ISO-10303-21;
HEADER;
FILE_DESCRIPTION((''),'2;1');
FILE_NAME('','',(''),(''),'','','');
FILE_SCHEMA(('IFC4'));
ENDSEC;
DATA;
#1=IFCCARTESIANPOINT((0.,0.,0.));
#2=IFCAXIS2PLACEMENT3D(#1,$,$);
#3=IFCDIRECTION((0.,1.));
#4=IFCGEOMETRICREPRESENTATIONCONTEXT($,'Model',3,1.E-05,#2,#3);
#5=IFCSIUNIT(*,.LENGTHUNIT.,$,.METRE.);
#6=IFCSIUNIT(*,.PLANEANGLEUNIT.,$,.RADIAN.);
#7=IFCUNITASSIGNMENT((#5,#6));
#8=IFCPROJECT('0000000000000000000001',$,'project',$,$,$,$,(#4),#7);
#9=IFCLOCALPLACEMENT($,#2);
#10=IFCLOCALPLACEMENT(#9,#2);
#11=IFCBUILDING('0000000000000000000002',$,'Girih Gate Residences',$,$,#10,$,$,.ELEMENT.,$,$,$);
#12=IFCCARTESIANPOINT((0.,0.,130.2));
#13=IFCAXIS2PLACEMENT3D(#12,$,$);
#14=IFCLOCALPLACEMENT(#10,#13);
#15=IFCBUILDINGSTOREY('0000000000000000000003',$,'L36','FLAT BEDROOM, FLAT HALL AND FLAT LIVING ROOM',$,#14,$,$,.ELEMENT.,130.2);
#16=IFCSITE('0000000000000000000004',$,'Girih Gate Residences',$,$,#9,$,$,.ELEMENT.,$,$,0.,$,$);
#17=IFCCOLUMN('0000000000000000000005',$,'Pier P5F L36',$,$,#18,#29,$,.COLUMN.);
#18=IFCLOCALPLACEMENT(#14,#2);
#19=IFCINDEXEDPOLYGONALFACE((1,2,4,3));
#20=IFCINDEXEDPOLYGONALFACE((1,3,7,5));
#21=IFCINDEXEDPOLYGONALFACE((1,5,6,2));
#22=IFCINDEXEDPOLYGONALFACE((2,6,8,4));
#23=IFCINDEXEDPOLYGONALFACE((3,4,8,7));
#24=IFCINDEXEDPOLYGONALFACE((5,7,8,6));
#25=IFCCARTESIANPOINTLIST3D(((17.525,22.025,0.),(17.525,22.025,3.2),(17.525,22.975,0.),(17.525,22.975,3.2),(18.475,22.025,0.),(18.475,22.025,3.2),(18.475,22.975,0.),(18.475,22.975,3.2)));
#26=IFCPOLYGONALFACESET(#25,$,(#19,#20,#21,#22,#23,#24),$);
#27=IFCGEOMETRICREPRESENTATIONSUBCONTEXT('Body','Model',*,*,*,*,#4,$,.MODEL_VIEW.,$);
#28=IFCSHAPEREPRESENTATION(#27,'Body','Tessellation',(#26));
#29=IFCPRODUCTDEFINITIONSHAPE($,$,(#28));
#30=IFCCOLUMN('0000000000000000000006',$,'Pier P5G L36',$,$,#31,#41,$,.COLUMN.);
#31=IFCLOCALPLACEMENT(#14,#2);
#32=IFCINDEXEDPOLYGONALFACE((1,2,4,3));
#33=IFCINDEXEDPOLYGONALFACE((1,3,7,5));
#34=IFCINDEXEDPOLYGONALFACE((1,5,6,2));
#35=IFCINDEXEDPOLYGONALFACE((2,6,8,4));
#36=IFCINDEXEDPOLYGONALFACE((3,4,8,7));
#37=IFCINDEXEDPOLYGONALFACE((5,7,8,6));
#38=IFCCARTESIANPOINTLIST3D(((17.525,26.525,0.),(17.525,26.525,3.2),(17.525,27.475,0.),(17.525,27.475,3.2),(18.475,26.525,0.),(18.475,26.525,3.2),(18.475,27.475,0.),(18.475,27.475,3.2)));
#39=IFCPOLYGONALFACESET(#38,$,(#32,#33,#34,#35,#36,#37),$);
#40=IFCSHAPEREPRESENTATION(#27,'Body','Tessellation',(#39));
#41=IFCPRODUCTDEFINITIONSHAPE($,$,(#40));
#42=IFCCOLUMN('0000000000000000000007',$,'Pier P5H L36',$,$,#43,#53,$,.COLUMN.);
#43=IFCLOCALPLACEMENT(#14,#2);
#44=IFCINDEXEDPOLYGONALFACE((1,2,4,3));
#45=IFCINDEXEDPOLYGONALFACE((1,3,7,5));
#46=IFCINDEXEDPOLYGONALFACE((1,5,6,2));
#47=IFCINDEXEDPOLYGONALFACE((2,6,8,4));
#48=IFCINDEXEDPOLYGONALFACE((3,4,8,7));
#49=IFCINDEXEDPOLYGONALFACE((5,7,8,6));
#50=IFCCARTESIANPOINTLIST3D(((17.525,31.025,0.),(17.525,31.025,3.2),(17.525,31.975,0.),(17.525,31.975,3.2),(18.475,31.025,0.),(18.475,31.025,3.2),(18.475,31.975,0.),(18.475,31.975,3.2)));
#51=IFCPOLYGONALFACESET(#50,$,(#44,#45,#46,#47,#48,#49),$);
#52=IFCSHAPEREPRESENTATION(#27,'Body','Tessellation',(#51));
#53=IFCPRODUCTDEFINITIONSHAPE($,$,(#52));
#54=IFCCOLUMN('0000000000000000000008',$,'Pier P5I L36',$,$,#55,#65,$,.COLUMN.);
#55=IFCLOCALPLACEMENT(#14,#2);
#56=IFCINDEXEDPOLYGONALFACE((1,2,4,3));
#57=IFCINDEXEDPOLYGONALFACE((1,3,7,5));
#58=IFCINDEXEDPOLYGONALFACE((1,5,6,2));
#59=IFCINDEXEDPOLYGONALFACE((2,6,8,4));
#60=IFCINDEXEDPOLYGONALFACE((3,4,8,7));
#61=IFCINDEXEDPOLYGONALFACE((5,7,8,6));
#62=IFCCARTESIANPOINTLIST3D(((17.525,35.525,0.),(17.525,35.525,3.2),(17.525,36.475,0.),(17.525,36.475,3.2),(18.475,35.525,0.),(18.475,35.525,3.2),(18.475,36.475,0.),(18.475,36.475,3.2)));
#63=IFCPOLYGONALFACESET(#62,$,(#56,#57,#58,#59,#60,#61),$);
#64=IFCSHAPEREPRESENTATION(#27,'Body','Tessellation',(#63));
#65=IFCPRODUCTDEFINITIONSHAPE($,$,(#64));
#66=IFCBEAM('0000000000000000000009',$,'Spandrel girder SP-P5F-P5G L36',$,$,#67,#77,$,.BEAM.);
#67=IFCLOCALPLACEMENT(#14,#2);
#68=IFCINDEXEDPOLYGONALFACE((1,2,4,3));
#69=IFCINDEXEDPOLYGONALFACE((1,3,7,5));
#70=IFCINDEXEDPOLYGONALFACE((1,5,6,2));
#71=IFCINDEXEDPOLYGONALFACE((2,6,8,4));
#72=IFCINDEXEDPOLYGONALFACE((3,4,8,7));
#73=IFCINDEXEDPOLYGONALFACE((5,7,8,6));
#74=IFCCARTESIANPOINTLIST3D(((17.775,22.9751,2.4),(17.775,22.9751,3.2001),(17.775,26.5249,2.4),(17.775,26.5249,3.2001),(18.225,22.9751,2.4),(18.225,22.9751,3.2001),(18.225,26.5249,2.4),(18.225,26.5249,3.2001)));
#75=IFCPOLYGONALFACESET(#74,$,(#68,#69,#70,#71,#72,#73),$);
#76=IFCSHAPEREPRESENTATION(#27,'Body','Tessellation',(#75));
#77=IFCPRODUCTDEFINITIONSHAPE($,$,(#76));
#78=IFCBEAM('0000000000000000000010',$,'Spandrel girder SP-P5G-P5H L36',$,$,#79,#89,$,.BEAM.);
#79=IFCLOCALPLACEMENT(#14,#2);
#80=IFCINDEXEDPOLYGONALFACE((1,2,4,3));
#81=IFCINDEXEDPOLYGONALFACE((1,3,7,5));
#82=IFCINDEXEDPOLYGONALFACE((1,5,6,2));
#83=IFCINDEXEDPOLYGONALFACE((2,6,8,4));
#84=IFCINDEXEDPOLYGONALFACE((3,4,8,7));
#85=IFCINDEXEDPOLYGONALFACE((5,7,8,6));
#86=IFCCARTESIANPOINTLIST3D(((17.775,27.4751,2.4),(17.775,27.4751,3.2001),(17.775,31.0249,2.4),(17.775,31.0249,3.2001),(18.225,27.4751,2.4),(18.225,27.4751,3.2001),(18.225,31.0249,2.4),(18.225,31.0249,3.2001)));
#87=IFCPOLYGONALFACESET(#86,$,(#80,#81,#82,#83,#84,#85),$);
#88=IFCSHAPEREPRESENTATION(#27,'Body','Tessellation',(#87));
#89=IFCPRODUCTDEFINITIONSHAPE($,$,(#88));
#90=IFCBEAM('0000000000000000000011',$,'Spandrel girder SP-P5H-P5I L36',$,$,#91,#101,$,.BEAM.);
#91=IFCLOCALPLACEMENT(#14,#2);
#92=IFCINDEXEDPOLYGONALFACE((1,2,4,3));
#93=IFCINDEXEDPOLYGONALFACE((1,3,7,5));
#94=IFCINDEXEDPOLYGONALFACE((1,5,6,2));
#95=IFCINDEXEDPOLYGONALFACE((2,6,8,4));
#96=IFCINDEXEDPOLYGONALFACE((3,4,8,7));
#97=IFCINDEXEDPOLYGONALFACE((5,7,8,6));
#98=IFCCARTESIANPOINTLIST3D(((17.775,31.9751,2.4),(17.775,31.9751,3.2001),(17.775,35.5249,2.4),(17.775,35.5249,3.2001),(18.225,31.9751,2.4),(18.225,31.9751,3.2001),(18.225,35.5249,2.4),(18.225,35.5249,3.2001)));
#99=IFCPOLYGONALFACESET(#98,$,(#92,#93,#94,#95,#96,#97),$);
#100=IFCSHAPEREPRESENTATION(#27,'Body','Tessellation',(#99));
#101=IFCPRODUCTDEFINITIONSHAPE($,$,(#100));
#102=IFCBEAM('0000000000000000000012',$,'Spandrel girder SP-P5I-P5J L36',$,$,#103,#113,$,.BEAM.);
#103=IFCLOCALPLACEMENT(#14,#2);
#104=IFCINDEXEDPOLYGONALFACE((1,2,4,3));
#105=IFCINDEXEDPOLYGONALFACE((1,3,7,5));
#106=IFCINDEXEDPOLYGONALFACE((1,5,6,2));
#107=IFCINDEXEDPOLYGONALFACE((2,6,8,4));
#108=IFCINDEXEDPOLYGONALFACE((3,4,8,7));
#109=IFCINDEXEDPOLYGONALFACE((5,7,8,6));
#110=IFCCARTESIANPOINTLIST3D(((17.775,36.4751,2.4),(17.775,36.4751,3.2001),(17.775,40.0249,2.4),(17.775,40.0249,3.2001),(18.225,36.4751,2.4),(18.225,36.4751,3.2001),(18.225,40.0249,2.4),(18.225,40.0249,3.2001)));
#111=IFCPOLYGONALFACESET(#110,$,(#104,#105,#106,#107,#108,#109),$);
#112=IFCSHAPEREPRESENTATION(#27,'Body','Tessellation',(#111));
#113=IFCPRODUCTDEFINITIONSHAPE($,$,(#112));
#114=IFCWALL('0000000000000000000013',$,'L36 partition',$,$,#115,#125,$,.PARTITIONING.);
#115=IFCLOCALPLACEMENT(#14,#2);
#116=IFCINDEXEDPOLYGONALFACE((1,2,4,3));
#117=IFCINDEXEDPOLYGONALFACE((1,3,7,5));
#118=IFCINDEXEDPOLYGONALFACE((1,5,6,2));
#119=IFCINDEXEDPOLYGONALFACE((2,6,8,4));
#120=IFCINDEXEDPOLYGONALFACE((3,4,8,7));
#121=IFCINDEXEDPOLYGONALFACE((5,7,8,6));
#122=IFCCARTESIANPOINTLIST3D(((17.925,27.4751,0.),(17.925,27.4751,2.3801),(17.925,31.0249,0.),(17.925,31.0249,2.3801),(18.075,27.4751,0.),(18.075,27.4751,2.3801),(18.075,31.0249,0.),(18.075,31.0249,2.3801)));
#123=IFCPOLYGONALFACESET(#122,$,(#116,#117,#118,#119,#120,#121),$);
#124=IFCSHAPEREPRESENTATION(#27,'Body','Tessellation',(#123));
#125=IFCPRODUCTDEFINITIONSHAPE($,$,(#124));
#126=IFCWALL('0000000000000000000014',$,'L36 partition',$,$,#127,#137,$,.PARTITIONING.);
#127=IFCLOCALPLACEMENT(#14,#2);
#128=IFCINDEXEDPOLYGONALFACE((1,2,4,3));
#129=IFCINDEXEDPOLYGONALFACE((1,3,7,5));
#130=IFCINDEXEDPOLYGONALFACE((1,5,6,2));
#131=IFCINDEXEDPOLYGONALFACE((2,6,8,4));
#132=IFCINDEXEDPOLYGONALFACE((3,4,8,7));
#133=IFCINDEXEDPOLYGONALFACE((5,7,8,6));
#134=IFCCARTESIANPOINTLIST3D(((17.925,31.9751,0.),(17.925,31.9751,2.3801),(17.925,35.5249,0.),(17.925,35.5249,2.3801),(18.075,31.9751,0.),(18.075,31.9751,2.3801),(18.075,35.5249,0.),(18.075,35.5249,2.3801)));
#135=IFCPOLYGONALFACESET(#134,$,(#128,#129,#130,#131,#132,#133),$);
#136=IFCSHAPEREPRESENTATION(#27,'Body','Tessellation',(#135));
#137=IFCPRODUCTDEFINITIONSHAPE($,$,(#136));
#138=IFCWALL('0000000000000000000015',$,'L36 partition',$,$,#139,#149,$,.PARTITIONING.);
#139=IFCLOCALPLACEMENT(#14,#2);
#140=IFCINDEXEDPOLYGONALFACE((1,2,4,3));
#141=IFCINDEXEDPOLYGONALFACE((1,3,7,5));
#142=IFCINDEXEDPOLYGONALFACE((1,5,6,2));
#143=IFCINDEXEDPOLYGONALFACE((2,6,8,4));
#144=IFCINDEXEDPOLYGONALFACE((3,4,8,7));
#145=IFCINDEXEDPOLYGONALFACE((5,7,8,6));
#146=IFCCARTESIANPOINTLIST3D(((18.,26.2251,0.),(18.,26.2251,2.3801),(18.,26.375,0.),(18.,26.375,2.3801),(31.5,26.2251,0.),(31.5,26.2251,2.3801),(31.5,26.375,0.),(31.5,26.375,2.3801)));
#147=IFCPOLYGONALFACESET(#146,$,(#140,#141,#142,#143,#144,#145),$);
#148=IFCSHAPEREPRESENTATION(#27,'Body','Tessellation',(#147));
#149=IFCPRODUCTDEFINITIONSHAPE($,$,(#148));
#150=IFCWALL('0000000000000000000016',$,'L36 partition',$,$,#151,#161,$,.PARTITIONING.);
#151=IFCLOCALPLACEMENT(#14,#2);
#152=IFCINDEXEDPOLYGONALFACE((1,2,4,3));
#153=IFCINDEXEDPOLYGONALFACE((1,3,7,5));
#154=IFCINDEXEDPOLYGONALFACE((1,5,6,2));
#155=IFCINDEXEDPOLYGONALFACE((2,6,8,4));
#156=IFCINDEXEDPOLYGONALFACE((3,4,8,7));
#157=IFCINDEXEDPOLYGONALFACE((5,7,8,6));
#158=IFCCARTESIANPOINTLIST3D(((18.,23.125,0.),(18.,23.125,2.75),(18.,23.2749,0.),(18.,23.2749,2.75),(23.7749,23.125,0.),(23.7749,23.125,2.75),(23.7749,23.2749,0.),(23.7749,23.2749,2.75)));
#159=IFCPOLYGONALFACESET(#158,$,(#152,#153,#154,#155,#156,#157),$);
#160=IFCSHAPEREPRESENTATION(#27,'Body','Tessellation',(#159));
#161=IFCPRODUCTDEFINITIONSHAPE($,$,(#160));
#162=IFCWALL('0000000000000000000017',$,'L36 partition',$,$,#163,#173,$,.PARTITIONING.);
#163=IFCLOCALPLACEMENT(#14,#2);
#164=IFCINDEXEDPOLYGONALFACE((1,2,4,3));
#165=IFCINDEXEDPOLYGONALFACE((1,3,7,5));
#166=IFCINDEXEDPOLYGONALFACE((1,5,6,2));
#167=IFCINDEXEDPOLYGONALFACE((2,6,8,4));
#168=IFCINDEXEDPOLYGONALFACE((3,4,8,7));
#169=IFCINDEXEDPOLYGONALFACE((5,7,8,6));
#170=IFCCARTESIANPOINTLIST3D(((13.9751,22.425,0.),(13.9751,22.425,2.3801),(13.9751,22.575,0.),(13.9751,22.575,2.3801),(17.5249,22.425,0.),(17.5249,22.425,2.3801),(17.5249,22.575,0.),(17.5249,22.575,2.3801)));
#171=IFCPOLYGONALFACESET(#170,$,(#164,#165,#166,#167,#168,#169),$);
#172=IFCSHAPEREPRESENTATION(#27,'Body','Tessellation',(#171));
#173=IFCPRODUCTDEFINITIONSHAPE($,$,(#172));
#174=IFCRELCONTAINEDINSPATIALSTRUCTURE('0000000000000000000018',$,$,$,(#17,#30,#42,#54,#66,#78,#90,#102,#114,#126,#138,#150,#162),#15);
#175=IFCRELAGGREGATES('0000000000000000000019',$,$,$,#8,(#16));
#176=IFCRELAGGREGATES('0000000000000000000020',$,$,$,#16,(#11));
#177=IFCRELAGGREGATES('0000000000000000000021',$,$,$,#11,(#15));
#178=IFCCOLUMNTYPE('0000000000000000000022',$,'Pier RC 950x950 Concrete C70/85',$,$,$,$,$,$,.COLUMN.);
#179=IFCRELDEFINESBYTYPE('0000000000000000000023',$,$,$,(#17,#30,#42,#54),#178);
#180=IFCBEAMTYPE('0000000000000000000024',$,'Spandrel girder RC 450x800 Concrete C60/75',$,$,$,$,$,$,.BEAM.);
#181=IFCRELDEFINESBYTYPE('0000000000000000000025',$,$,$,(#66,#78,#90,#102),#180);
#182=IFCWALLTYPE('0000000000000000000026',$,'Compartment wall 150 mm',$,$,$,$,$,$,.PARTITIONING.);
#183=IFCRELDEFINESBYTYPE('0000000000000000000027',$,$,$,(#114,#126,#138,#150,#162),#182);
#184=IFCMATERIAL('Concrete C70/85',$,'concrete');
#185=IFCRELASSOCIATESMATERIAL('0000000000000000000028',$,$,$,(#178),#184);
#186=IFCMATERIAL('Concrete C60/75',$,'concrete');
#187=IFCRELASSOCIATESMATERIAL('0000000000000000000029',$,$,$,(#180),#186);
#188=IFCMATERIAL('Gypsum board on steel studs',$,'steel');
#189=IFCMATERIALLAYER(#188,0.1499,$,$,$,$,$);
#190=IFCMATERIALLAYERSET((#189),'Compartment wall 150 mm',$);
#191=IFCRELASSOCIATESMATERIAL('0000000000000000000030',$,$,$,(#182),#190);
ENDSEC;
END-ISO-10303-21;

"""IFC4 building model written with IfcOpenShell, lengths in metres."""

from ifc_helpers import new_model, si_unit, direction, frame, frame_2d, origin, origin_2d, place, context, subcontext, project, spatial, rectangle, extrude, material, layer, layer_set, material_profile, profile_set, type_object, element, save


model = new_model("IFC4")

# Units and contexts
model_context = context("Model", 3, precision=1e-05, world=origin(), true_north=direction((0.0, 1.0)))
body_context = subcontext(model_context, "Body", "Model", "MODEL_VIEW")
ifc_project = project(units=[si_unit("LENGTHUNIT", "METRE"), si_unit("PLANEANGLEUNIT", "RADIAN")], contexts=[model_context])

# Site, building, storey
site_placement = place(None, origin())
site = spatial("IfcSite", under=ifc_project, at=site_placement, Name="Girih Gate Residences", CompositionType="ELEMENT", RefElevation=0.0)
building_placement = place(site_placement, origin())
building = spatial("IfcBuilding", under=site, at=building_placement, Name="Girih Gate Residences", CompositionType="ELEMENT")
storey_placement = place(building_placement, frame((0.0, 0.0, 130.2)))
storey = spatial("IfcBuildingStorey", under=building, at=storey_placement, Name="L36", Description="FLAT BEDROOM, FLAT HALL AND FLAT LIVING ROOM", CompositionType="ELEMENT", Elevation=130.2)

# Columns
ifc_material_1 = material(Name="Concrete C70/85", Category="concrete")
ifc_material_profile_1 = material_profile(ifc_material_1, rectangle(XDim=0.95, YDim=0.95, at=origin_2d()))
ifc_profile_set_1 = profile_set([ifc_material_profile_1], Name="Concrete C70/85")
column_type = type_object("IfcColumnType", Name="Pier RC 950x950 Concrete C70/85", PredefinedType="COLUMN", material=ifc_profile_set_1)
for number, where, z_axis, x_axis, name in (
    (1, (18.0, 22.5, 0.0), (0.0, 0.0, 1.0), (1.0, 0.0, 0.0), "Pier P5F L36"),
    (2, (18.0, 27.0, 0.0), (0.0, 0.0, 1.0), (1.0, 0.0, 0.0), "Pier P5G L36"),
    (3, (18.0, 31.5, 0.0), (0.0, 0.0, 1.0), (1.0, 0.0, 0.0), "Pier P5H L36"),
    (4, (18.0, 36.0, 0.0), (0.0, 0.0, 1.0), (1.0, 0.0, 0.0), "Pier P5I L36"),
):
    element("IfcColumn", number, at=place(storey_placement, frame(where, z_axis=z_axis, x_axis=x_axis)), inside=storey, type_object=column_type, Name=name, PredefinedType="COLUMN", context=body_context, shape_type="SweptSolid", body=[
        extrude(rectangle(XDim=0.95, YDim=0.95, at=origin_2d()), origin(), (0.0, 0.0, 1.0), 3.2),
    ])

# Beams
ifc_material_2 = material(Name="Concrete C60/75", Category="concrete")
ifc_material_profile_2 = material_profile(ifc_material_2, rectangle(XDim=0.45, YDim=0.8, at=origin_2d()))
ifc_profile_set_2 = profile_set([ifc_material_profile_2], Name="Concrete C60/75")
beam_type = type_object("IfcBeamType", Name="Spandrel girder RC 450x800 Concrete C60/75", PredefinedType="BEAM", material=ifc_profile_set_2)
for number, where, z_axis, x_axis, name in (
    (5, (18.0, 22.9751, 2.8), (0.0, 1.0, 0.0), (-1.0, 0.0, 0.0), "Spandrel girder SP-P5F-P5G L36"),
    (6, (18.0, 27.4751, 2.8), (0.0, 1.0, 0.0), (-1.0, 0.0, 0.0), "Spandrel girder SP-P5G-P5H L36"),
    (7, (18.0, 31.9751, 2.8), (0.0, 1.0, 0.0), (-1.0, 0.0, 0.0), "Spandrel girder SP-P5H-P5I L36"),
    (8, (18.0, 36.4751, 2.8), (0.0, 1.0, 0.0), (-1.0, 0.0, 0.0), "Spandrel girder SP-P5I-P5J L36"),
):
    element("IfcBeam", number, at=place(storey_placement, frame(where, z_axis=z_axis, x_axis=x_axis)), inside=storey, type_object=beam_type, Name=name, PredefinedType="BEAM", context=body_context, shape_type="SweptSolid", body=[
        extrude(rectangle(XDim=0.45, YDim=0.8, at=origin_2d()), origin(), (0.0, 0.0, 1.0), 3.5498),
    ])

# Walls
ifc_material_3 = material(Name="Gypsum board on steel studs", Category="steel")
ifc_layer_1 = layer(ifc_material_3, 0.1499)
ifc_layer_set_1 = layer_set([ifc_layer_1], Name="Compartment wall 150 mm")
wall_type_1 = type_object("IfcWallType", Name="Compartment wall 150 mm", PredefinedType="PARTITIONING", material=ifc_layer_set_1)
for number, where, z_axis, x_axis, name in (
    (9, (18.0, 27.4751, 0.0), (0.0, 0.0, 1.0), (0.0, 1.0, 0.0), "L36 partition"),
    (10, (18.0, 31.9751, 0.0), (0.0, 0.0, 1.0), (0.0, 1.0, 0.0), "L36 partition"),
):
    element("IfcWall", number, at=place(storey_placement, frame(where, z_axis=z_axis, x_axis=x_axis)), inside=storey, type_object=wall_type_1, Name=name, PredefinedType="PARTITIONING", context=body_context, shape_type="SweptSolid", body=[
        extrude(rectangle(XDim=3.5498, YDim=0.1499, at=frame_2d((1.7749, 0.0))), origin(), (0.0, 0.0, 1.0), 2.3801),
    ])
wall_1_placement = place(storey_placement, frame((18.0, 26.3, 0.0), z_axis=(0.0, 0.0, 1.0), x_axis=(1.0, 0.0, 0.0)))
element("IfcWall", 11, at=wall_1_placement, inside=storey, type_object=wall_type_1, Name="L36 partition", PredefinedType="PARTITIONING", context=body_context, shape_type="SweptSolid", body=[
    extrude(rectangle(XDim=13.5, YDim=0.1499, at=frame_2d((6.75, 0.0))), origin(), (0.0, 0.0, 1.0), 2.3801),
])
wall_2_placement = place(storey_placement, frame((18.0, 23.2, 0.0), z_axis=(0.0, 0.0, 1.0), x_axis=(1.0, 0.0, 0.0)))
element("IfcWall", 12, at=wall_2_placement, inside=storey, type_object=wall_type_1, Name="L36 partition", PredefinedType="PARTITIONING", context=body_context, shape_type="SweptSolid", body=[
    extrude(rectangle(XDim=5.7749, YDim=0.1499, at=frame_2d((2.8875, 0.0))), origin(), (0.0, 0.0, 1.0), 2.75),
])
wall_3_placement = place(storey_placement, frame((13.9751, 22.5, 0.0), z_axis=(0.0, 0.0, 1.0), x_axis=(1.0, 0.0, 0.0)))
element("IfcWall", 13, at=wall_3_placement, inside=storey, type_object=wall_type_1, Name="L36 partition", PredefinedType="PARTITIONING", context=body_context, shape_type="SweptSolid", body=[
    extrude(rectangle(XDim=3.5498, YDim=0.1499, at=frame_2d((1.7749, 0.0))), origin(), (0.0, 0.0, 1.0), 2.3801),
])

save(model, "model.ifc")
